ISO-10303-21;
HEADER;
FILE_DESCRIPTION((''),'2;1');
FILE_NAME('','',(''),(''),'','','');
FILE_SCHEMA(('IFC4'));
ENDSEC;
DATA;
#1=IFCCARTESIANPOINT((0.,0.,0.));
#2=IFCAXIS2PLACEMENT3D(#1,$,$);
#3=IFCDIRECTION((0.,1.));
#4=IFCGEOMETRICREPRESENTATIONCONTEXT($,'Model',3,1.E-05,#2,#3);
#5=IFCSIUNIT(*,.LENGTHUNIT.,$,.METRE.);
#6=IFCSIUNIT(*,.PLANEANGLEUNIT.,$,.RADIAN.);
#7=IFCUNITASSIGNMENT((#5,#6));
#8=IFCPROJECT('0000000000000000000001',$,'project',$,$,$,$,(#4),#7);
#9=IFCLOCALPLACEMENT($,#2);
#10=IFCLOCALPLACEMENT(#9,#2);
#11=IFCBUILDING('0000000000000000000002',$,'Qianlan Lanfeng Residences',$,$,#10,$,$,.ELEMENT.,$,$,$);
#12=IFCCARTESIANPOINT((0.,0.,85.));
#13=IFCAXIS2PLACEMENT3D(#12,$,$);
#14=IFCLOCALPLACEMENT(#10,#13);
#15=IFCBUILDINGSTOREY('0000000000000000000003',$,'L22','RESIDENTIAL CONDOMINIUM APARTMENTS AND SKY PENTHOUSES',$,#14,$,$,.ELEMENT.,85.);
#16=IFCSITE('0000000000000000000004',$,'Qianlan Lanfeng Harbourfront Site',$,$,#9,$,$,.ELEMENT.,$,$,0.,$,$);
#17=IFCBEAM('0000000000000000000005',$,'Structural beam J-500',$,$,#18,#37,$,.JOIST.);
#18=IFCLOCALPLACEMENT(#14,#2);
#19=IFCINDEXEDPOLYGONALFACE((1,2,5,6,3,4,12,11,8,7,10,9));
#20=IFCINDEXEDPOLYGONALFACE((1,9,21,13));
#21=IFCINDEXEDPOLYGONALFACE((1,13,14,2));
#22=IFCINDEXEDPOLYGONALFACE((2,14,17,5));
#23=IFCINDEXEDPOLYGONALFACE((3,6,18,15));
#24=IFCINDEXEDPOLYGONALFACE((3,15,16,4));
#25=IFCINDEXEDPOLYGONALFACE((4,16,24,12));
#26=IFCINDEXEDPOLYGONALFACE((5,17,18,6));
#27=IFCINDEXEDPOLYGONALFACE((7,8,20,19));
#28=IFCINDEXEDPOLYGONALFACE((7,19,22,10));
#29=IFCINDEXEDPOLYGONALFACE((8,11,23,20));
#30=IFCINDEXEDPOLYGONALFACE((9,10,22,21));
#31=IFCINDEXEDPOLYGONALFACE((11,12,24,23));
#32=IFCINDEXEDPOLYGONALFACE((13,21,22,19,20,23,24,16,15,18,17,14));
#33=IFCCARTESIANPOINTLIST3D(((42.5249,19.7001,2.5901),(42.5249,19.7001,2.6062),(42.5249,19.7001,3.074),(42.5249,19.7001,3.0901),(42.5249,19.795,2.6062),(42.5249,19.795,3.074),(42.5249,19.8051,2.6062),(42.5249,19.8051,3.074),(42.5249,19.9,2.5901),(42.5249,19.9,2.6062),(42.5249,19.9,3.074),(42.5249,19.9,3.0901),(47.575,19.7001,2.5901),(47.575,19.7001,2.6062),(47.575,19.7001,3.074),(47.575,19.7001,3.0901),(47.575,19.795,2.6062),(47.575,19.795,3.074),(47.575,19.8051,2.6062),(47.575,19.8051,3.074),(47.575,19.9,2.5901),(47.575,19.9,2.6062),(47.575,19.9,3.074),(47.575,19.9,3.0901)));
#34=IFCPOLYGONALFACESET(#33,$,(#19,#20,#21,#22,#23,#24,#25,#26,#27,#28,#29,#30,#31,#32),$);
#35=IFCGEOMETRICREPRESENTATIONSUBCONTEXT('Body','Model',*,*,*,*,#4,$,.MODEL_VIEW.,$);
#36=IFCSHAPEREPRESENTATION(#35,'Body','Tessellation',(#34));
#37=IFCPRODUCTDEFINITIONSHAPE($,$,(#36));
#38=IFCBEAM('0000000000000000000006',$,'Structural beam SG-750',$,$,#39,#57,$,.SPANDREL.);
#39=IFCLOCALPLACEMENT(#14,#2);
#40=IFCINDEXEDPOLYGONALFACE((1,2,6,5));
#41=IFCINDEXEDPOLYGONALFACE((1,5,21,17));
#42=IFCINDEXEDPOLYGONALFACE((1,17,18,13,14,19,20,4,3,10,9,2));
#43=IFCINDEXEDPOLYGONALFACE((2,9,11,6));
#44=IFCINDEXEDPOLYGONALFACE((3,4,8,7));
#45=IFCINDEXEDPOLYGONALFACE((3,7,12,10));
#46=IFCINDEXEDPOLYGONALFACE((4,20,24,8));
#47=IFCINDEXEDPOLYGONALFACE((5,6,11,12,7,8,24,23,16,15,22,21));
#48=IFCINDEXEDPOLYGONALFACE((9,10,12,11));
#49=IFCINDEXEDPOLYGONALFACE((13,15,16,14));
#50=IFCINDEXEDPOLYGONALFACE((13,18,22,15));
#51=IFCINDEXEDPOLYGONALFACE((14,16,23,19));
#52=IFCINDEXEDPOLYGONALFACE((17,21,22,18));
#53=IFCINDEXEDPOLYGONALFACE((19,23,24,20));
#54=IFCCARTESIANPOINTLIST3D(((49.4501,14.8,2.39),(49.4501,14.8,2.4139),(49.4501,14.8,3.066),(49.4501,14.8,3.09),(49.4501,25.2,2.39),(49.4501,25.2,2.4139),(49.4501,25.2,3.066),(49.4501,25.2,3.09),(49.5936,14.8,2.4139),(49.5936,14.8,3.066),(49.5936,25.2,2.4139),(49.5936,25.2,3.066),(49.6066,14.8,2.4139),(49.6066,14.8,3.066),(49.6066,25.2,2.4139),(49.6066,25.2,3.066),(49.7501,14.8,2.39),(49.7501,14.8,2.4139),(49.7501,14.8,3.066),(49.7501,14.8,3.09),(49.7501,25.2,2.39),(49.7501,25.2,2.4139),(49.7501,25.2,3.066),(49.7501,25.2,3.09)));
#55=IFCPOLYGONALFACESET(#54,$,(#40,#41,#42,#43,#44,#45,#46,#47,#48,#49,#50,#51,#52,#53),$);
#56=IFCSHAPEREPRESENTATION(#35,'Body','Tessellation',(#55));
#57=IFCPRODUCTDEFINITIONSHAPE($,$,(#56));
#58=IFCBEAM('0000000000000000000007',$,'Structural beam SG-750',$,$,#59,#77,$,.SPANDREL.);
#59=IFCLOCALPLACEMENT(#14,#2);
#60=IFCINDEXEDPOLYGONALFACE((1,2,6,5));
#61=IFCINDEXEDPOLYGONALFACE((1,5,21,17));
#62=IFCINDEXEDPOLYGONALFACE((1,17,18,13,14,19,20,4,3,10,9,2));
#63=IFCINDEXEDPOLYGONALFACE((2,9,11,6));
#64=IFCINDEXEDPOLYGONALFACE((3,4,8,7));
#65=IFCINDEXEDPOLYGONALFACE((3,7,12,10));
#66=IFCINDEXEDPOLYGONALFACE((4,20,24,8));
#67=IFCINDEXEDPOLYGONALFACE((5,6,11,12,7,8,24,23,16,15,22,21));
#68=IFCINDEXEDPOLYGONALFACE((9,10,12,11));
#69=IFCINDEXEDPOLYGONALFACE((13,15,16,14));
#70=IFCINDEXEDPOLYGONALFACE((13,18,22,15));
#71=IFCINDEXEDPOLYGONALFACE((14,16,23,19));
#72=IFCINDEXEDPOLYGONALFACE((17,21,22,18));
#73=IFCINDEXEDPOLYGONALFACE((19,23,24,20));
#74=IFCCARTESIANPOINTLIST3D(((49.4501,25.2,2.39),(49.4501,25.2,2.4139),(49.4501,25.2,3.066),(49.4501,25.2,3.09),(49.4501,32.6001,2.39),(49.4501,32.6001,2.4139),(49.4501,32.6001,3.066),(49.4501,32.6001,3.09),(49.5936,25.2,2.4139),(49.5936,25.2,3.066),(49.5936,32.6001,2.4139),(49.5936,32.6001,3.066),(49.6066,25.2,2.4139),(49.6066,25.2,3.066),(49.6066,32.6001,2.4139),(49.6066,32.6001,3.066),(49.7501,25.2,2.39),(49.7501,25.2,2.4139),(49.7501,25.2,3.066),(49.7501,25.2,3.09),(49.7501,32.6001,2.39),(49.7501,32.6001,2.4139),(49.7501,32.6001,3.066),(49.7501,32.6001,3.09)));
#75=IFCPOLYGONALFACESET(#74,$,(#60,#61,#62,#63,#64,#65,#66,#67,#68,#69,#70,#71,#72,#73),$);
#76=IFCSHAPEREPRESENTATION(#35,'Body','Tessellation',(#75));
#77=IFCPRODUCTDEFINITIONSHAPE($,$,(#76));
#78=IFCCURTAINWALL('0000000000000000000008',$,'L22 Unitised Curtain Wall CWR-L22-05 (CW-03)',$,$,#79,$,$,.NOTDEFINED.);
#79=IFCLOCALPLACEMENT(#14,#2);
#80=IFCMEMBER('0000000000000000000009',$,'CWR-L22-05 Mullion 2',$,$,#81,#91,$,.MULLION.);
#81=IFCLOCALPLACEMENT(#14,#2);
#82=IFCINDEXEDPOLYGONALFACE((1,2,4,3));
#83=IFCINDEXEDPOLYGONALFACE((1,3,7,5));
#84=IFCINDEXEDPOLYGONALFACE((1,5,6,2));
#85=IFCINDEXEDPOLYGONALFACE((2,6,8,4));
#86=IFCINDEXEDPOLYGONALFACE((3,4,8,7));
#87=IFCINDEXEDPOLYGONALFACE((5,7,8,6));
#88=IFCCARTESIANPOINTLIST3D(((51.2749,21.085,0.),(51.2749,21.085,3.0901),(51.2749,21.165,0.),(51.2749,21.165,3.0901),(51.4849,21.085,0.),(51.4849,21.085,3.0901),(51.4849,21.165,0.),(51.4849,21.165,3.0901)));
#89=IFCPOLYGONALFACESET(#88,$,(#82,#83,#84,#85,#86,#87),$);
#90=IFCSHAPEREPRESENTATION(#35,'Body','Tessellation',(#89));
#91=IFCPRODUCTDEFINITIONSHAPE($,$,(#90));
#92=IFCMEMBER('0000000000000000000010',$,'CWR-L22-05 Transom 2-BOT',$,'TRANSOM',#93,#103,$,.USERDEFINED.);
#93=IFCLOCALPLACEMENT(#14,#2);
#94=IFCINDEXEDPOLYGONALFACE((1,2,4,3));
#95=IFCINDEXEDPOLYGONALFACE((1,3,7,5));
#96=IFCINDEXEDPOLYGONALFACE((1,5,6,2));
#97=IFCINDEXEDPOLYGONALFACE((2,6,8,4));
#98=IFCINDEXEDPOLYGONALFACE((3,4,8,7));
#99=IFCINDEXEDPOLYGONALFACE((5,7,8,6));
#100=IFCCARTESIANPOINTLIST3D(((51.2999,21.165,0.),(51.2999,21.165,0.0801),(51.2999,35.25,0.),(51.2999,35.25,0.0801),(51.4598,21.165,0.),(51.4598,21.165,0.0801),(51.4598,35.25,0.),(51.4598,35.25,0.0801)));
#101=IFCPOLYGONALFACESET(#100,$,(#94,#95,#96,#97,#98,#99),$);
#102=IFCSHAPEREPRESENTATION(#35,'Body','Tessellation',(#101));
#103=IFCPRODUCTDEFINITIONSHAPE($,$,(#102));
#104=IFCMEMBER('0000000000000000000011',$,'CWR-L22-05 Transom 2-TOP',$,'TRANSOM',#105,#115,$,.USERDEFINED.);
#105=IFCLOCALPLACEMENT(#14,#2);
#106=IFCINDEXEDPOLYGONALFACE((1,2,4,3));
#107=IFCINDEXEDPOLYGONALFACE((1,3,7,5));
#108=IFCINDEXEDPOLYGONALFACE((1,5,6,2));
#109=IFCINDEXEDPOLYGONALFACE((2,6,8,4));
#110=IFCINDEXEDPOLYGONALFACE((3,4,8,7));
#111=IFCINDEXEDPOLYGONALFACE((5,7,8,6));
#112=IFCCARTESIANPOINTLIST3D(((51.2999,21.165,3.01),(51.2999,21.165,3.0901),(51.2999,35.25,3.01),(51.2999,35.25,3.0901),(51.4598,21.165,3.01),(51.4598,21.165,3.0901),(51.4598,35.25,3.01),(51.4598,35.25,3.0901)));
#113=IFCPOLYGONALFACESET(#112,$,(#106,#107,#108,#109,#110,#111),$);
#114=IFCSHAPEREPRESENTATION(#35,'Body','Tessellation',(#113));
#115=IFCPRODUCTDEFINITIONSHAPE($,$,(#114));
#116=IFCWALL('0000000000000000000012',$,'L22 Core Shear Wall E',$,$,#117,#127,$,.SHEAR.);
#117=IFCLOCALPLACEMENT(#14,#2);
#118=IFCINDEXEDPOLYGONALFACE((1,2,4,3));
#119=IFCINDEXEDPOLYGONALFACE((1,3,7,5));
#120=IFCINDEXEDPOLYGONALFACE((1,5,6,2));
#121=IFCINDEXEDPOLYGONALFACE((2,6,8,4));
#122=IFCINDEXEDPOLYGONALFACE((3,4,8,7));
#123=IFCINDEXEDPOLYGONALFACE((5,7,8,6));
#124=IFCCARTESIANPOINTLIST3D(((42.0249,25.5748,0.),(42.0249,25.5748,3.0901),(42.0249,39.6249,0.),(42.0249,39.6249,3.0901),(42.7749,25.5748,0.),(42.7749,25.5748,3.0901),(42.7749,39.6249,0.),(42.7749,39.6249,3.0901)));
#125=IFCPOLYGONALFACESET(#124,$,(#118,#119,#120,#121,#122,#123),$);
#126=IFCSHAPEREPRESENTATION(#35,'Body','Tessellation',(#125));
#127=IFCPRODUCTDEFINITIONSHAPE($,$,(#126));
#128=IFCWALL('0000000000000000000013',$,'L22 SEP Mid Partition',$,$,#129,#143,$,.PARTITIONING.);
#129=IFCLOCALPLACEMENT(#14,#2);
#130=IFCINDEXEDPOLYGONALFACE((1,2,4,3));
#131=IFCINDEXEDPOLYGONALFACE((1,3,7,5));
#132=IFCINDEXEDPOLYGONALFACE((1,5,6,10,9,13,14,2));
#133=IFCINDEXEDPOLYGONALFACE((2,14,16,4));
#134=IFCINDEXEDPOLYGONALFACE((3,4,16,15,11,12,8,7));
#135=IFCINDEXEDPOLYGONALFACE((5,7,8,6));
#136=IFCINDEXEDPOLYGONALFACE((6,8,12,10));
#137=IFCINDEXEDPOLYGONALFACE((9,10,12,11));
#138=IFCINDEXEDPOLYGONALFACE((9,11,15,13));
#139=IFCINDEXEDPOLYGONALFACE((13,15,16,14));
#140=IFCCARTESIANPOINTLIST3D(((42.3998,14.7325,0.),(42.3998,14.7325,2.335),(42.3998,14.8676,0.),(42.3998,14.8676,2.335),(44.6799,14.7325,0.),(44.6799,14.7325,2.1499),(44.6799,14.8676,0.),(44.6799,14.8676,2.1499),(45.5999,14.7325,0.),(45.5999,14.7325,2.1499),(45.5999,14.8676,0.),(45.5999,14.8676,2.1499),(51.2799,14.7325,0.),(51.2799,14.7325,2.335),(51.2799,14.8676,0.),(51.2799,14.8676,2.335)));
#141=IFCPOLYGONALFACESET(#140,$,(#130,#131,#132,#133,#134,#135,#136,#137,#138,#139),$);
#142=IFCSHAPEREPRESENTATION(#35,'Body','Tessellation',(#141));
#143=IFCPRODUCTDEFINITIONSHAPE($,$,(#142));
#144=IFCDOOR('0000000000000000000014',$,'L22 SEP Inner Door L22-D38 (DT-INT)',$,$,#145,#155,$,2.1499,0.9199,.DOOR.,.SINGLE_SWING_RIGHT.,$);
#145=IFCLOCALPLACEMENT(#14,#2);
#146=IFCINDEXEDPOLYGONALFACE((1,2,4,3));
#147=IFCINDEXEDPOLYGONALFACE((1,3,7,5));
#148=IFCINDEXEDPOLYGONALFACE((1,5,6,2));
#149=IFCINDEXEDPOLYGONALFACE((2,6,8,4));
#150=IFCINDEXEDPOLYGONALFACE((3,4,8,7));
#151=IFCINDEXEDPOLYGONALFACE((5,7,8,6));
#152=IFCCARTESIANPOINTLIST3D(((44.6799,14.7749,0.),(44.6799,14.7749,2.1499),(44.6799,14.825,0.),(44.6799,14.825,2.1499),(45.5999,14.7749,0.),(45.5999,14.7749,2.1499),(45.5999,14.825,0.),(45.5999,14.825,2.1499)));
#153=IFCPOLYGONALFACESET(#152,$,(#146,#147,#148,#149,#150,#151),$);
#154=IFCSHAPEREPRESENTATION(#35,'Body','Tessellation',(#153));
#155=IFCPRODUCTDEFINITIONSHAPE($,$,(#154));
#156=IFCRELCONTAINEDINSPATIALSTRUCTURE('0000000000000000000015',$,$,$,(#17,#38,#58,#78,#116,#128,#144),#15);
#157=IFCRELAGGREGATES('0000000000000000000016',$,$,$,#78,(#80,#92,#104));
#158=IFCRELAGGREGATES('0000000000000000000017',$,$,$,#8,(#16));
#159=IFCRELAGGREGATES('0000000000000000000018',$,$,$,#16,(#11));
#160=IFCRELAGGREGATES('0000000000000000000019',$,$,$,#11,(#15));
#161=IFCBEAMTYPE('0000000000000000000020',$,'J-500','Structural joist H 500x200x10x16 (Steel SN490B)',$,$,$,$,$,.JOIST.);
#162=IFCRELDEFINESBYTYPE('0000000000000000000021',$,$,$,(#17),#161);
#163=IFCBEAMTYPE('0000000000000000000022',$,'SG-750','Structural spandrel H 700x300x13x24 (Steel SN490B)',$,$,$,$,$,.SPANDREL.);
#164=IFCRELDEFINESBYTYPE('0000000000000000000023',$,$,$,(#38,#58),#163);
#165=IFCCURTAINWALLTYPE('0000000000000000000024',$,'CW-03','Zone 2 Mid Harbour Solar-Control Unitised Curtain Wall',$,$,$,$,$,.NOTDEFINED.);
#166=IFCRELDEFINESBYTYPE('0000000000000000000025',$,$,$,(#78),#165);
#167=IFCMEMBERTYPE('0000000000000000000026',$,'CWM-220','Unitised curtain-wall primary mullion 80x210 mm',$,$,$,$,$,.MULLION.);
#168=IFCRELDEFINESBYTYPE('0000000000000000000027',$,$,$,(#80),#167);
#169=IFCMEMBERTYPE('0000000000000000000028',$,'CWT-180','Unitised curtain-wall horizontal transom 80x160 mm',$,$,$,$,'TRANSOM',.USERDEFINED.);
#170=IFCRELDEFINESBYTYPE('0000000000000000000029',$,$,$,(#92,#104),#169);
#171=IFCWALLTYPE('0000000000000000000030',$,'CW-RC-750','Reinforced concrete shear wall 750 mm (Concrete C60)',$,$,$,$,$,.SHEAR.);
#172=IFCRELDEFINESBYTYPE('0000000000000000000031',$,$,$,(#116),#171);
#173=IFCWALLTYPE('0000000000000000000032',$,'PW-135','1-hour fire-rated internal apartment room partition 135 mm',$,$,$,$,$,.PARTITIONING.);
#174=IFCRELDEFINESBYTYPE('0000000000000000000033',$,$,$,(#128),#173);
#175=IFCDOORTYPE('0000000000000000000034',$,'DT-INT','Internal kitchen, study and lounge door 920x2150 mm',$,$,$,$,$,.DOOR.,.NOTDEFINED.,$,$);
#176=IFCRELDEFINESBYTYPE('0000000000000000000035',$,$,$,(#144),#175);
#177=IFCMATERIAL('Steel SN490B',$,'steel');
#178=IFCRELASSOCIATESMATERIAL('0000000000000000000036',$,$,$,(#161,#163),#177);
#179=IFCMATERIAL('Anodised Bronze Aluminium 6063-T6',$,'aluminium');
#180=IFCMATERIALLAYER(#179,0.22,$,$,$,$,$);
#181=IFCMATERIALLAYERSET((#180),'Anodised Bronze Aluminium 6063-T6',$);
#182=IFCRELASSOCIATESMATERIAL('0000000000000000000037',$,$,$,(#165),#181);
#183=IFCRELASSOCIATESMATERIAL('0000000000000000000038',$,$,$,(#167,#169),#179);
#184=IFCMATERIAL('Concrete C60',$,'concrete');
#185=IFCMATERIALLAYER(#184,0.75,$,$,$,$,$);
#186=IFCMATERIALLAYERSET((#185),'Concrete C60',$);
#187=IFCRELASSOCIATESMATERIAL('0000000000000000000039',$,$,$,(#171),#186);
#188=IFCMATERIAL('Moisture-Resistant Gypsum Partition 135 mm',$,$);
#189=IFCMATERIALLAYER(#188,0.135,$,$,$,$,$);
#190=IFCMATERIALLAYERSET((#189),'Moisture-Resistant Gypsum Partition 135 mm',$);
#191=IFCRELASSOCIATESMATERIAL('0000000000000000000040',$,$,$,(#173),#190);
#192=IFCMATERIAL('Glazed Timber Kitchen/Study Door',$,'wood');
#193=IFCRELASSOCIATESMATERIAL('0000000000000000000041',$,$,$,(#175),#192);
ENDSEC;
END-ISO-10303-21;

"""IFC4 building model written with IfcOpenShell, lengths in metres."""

from ifc_helpers import new_model, si_unit, direction, frame, frame_2d, origin, origin_2d, place, context, subcontext, project, spatial, rectangle, i_section, extrude, source, transform, mapped, material, layer, layer_set, material_profile, profile_set, type_object, element, fill, aggregate, save


model = new_model("IFC4")

# Units and contexts
model_context = context("Model", 3, precision=1e-05, world=origin(), true_north=direction((0.0, 1.0)))
body_context = subcontext(model_context, "Body", "Model", "MODEL_VIEW")
ifc_project = project(units=[si_unit("LENGTHUNIT", "METRE"), si_unit("PLANEANGLEUNIT", "RADIAN")], contexts=[model_context])

# Site, building, storey
site_placement = place(None, origin())
site = spatial("IfcSite", under=ifc_project, at=site_placement, Name="Qianlan Lanfeng Harbourfront Site", CompositionType="ELEMENT", RefElevation=0.0)
building_placement = place(site_placement, origin())
building = spatial("IfcBuilding", under=site, at=building_placement, Name="Qianlan Lanfeng Residences", CompositionType="ELEMENT")
storey_placement = place(building_placement, frame((0.0, 0.0, 85.0)))
storey = spatial("IfcBuildingStorey", under=building, at=storey_placement, Name="L22", Description="RESIDENTIAL CONDOMINIUM APARTMENTS AND SKY PENTHOUSES", CompositionType="ELEMENT", Elevation=85.0)

# Shared definitions
ifc_material_1 = material(Name="Steel SN490B", Category="steel")

# Beams
ifc_material_profile_1 = material_profile(ifc_material_1, i_section(OverallWidth=0.2, OverallDepth=0.5, WebThickness=0.01, FlangeThickness=0.0161, at=origin_2d()), Name="H 500x200x10x16")
ifc_profile_set_1 = profile_set([ifc_material_profile_1], Name="Steel SN490B")
beam_type_1 = type_object("IfcBeamType", Name="J-500", Description="Structural joist H 500x200x10x16 (Steel SN490B)", PredefinedType="JOIST", material=ifc_profile_set_1)
beam_1_placement = place(storey_placement, frame((42.5249, 19.8, 2.8401), z_axis=(1.0, 0.0, 0.0), x_axis=(0.0, 1.0, 0.0)))
element("IfcBeam", 1, at=beam_1_placement, inside=storey, type_object=beam_type_1, Name="Structural beam J-500", PredefinedType="JOIST", context=body_context, shape_type="SweptSolid", body=[
    extrude(i_section(OverallWidth=0.2, OverallDepth=0.5, WebThickness=0.01, FlangeThickness=0.0161, at=origin_2d()), origin(), (0.0, 0.0, 1.0), 5.05),
])
ifc_material_profile_2 = material_profile(ifc_material_1, i_section(OverallWidth=0.3, OverallDepth=0.7, WebThickness=0.0129, FlangeThickness=0.0239, at=origin_2d()), Name="H 700x300x13x24")
ifc_profile_set_2 = profile_set([ifc_material_profile_2], Name="Steel SN490B")
beam_type_2 = type_object("IfcBeamType", Name="SG-750", Description="Structural spandrel H 700x300x13x24 (Steel SN490B)", PredefinedType="SPANDREL", material=ifc_profile_set_2)
beam_2_placement = place(storey_placement, frame((49.6001, 14.8, 2.74), z_axis=(0.0, 1.0, 0.0), x_axis=(-1.0, 0.0, 0.0)))
element("IfcBeam", 2, at=beam_2_placement, inside=storey, type_object=beam_type_2, Name="Structural beam SG-750", PredefinedType="SPANDREL", context=body_context, shape_type="SweptSolid", body=[
    extrude(i_section(OverallWidth=0.3, OverallDepth=0.7, WebThickness=0.0129, FlangeThickness=0.0239, at=origin_2d()), origin(), (0.0, 0.0, 1.0), 10.3999),
])
beam_3_placement = place(storey_placement, frame((49.6001, 25.2, 2.74), z_axis=(0.0, 1.0, 0.0), x_axis=(-1.0, 0.0, 0.0)))
element("IfcBeam", 3, at=beam_3_placement, inside=storey, type_object=beam_type_2, Name="Structural beam SG-750", PredefinedType="SPANDREL", context=body_context, shape_type="SweptSolid", body=[
    extrude(i_section(OverallWidth=0.3, OverallDepth=0.7, WebThickness=0.0129, FlangeThickness=0.0239, at=origin_2d()), origin(), (0.0, 0.0, 1.0), 7.4001),
])

# Curtain wall, members
ifc_material_2 = material(Name="Anodised Bronze Aluminium 6063-T6", Category="aluminium")
ifc_layer_1 = layer(ifc_material_2, 0.22)
ifc_layer_set_1 = layer_set([ifc_layer_1], Name="Anodised Bronze Aluminium 6063-T6")
curtain_wall_type = type_object("IfcCurtainWallType", Name="CW-03", Description="Zone 2 Mid Harbour Solar-Control Unitised Curtain Wall", PredefinedType="NOTDEFINED", material=ifc_layer_set_1)
curtain_wall_placement = place(storey_placement, origin())
curtain_wall = element("IfcCurtainWall", 4, at=curtain_wall_placement, inside=storey, type_object=curtain_wall_type, Name="L22 Unitised Curtain Wall CWR-L22-05 (CW-03)", PredefinedType="NOTDEFINED")
ifc_material_profile_3 = material_profile(ifc_material_2, rectangle(XDim=0.0801, YDim=0.21, at=origin_2d()), Name="ALU MULLION 80x210")
ifc_profile_set_3 = profile_set([ifc_material_profile_3], Name="Anodised Bronze Aluminium 6063-T6")
member_type_1 = type_object("IfcMemberType", Name="CWM-220", Description="Unitised curtain-wall primary mullion 80x210 mm", PredefinedType="MULLION", material=ifc_profile_set_3)
shared_shape_1 = source(origin(), body_context, "Body", "SweptSolid", [
    extrude(rectangle(XDim=0.0801, YDim=0.21, at=origin_2d()), origin(), (0.0, 0.0, 1.0), 3.0901),
])
member_1_placement = place(storey_placement, frame((51.3799, 21.125, 0.0), z_axis=(0.0, 0.0, 1.0), x_axis=(0.0, 1.0, 0.0)))
member_1 = element("IfcMember", 5, at=member_1_placement, type_object=member_type_1, Name="CWR-L22-05 Mullion 2", PredefinedType="MULLION", context=body_context, shape_type="MappedRepresentation", body=[
    mapped(shared_shape_1, transform((0.0, 0.0, 0.0), scale=1.0)),
])
ifc_material_profile_4 = material_profile(ifc_material_2, rectangle(XDim=0.0801, YDim=0.1599, at=origin_2d()), Name="ALU TRANSOM 80x160")
ifc_profile_set_4 = profile_set([ifc_material_profile_4], Name="Anodised Bronze Aluminium 6063-T6")
member_type_2 = type_object("IfcMemberType", Name="CWT-180", Description="Unitised curtain-wall horizontal transom 80x160 mm", ElementType="TRANSOM", PredefinedType="USERDEFINED", material=ifc_profile_set_4)
shared_shape_2 = source(origin(), body_context, "Body", "SweptSolid", [
    extrude(rectangle(XDim=0.0801, YDim=0.1599, at=origin_2d()), origin(), (0.0, 0.0, 1.0), 14.085),
])
member_2_placement = place(storey_placement, frame((51.3799, 21.165, 0.04), z_axis=(0.0, 1.0, 0.0), x_axis=(0.0, 0.0, 1.0)))
member_2 = element("IfcMember", 6, at=member_2_placement, type_object=member_type_2, Name="CWR-L22-05 Transom 2-BOT", ObjectType="TRANSOM", PredefinedType="USERDEFINED", context=body_context, shape_type="MappedRepresentation", body=[
    mapped(shared_shape_2, transform((0.0, 0.0, 0.0), scale=1.0)),
])
member_3_placement = place(storey_placement, frame((51.3799, 21.165, 3.05), z_axis=(0.0, 1.0, 0.0), x_axis=(0.0, 0.0, 1.0)))
member_3 = element("IfcMember", 7, at=member_3_placement, type_object=member_type_2, Name="CWR-L22-05 Transom 2-TOP", ObjectType="TRANSOM", PredefinedType="USERDEFINED", context=body_context, shape_type="MappedRepresentation", body=[
    mapped(shared_shape_2, transform((0.0, 0.0, 0.0), scale=1.0)),
])
aggregate(curtain_wall, [member_1, member_2, member_3])

# Wall
ifc_material_3 = material(Name="Concrete C60", Category="concrete")
ifc_layer_2 = layer(ifc_material_3, 0.75)
ifc_layer_set_2 = layer_set([ifc_layer_2], Name="Concrete C60")
wall_type_1 = type_object("IfcWallType", Name="CW-RC-750", Description="Reinforced concrete shear wall 750 mm (Concrete C60)", PredefinedType="SHEAR", material=ifc_layer_set_2)
wall_1_placement = place(storey_placement, frame((42.3999, 25.575, 0.0), z_axis=(0.0, 0.0, 1.0), x_axis=(0.0, 1.0, 0.0)))
element("IfcWall", 8, at=wall_1_placement, inside=storey, type_object=wall_type_1, Name="L22 Core Shear Wall E", PredefinedType="SHEAR", context=body_context, shape_type="SweptSolid", body=[
    extrude(rectangle(XDim=14.05, YDim=0.75, at=frame_2d((7.0249, 0.0))), origin(), (0.0, 0.0, 1.0), 3.0901),
])

# Wall, opening, door
ifc_material_4 = material(Name="Moisture-Resistant Gypsum Partition 135 mm")
ifc_layer_3 = layer(ifc_material_4, 0.135)
ifc_layer_set_3 = layer_set([ifc_layer_3], Name="Moisture-Resistant Gypsum Partition 135 mm")
wall_type_2 = type_object("IfcWallType", Name="PW-135", Description="1-hour fire-rated internal apartment room partition 135 mm", PredefinedType="PARTITIONING", material=ifc_layer_set_3)
wall_2_placement = place(storey_placement, frame((42.3999, 14.8, 0.0), z_axis=(0.0, 0.0, 1.0), x_axis=(1.0, 0.0, 0.0)))
wall_2 = element("IfcWall", 9, at=wall_2_placement, inside=storey, type_object=wall_type_2, Name="L22 SEP Mid Partition", PredefinedType="PARTITIONING", context=body_context, shape_type="SweptSolid", body=[
    extrude(rectangle(XDim=8.8801, YDim=0.135, at=frame_2d((4.4399, 0.0))), origin(), (0.0, 0.0, 1.0), 2.335),
])
opening_1_placement = place(wall_2_placement, frame((2.28, 0.0, 0.0)))
opening_1 = element("IfcOpeningElement", 10, at=opening_1_placement, cuts=wall_2, PredefinedType="OPENING", context=body_context, shape_type="SweptSolid", body=[
    extrude(rectangle(XDim=0.9199, YDim=2.1499, at=frame_2d((0.46, 1.075))), frame((0.0, 0.0776, 0.0), z_axis=(0.0, -1.0, 0.0), x_axis=(1.0, 0.0, 0.0)), (0.0, 0.0, 1.0), 0.155),
])
ifc_material_5 = material(Name="Glazed Timber Kitchen/Study Door", Category="wood")
door_type = type_object("IfcDoorType", Name="DT-INT", Description="Internal kitchen, study and lounge door 920x2150 mm", OperationType="NOTDEFINED", PredefinedType="DOOR", material=ifc_material_5)
door_1_placement = place(opening_1_placement, origin())
door_1 = element("IfcDoor", 11, at=door_1_placement, inside=storey, type_object=door_type, Name="L22 SEP Inner Door L22-D38 (DT-INT)", OperationType="SINGLE_SWING_RIGHT", OverallHeight=2.1499, OverallWidth=0.9199, PredefinedType="DOOR", context=body_context, shape_type="SweptSolid", body=[
    extrude(rectangle(XDim=0.9199, YDim=2.1499, at=frame_2d((0.46, 1.075))), frame((0.0, 0.0249, 0.0), z_axis=(0.0, -1.0, 0.0), x_axis=(1.0, 0.0, 0.0)), (0.0, 0.0, 1.0), 0.05),
])
fill(opening_1, door_1)

save(model, "model.ifc")
